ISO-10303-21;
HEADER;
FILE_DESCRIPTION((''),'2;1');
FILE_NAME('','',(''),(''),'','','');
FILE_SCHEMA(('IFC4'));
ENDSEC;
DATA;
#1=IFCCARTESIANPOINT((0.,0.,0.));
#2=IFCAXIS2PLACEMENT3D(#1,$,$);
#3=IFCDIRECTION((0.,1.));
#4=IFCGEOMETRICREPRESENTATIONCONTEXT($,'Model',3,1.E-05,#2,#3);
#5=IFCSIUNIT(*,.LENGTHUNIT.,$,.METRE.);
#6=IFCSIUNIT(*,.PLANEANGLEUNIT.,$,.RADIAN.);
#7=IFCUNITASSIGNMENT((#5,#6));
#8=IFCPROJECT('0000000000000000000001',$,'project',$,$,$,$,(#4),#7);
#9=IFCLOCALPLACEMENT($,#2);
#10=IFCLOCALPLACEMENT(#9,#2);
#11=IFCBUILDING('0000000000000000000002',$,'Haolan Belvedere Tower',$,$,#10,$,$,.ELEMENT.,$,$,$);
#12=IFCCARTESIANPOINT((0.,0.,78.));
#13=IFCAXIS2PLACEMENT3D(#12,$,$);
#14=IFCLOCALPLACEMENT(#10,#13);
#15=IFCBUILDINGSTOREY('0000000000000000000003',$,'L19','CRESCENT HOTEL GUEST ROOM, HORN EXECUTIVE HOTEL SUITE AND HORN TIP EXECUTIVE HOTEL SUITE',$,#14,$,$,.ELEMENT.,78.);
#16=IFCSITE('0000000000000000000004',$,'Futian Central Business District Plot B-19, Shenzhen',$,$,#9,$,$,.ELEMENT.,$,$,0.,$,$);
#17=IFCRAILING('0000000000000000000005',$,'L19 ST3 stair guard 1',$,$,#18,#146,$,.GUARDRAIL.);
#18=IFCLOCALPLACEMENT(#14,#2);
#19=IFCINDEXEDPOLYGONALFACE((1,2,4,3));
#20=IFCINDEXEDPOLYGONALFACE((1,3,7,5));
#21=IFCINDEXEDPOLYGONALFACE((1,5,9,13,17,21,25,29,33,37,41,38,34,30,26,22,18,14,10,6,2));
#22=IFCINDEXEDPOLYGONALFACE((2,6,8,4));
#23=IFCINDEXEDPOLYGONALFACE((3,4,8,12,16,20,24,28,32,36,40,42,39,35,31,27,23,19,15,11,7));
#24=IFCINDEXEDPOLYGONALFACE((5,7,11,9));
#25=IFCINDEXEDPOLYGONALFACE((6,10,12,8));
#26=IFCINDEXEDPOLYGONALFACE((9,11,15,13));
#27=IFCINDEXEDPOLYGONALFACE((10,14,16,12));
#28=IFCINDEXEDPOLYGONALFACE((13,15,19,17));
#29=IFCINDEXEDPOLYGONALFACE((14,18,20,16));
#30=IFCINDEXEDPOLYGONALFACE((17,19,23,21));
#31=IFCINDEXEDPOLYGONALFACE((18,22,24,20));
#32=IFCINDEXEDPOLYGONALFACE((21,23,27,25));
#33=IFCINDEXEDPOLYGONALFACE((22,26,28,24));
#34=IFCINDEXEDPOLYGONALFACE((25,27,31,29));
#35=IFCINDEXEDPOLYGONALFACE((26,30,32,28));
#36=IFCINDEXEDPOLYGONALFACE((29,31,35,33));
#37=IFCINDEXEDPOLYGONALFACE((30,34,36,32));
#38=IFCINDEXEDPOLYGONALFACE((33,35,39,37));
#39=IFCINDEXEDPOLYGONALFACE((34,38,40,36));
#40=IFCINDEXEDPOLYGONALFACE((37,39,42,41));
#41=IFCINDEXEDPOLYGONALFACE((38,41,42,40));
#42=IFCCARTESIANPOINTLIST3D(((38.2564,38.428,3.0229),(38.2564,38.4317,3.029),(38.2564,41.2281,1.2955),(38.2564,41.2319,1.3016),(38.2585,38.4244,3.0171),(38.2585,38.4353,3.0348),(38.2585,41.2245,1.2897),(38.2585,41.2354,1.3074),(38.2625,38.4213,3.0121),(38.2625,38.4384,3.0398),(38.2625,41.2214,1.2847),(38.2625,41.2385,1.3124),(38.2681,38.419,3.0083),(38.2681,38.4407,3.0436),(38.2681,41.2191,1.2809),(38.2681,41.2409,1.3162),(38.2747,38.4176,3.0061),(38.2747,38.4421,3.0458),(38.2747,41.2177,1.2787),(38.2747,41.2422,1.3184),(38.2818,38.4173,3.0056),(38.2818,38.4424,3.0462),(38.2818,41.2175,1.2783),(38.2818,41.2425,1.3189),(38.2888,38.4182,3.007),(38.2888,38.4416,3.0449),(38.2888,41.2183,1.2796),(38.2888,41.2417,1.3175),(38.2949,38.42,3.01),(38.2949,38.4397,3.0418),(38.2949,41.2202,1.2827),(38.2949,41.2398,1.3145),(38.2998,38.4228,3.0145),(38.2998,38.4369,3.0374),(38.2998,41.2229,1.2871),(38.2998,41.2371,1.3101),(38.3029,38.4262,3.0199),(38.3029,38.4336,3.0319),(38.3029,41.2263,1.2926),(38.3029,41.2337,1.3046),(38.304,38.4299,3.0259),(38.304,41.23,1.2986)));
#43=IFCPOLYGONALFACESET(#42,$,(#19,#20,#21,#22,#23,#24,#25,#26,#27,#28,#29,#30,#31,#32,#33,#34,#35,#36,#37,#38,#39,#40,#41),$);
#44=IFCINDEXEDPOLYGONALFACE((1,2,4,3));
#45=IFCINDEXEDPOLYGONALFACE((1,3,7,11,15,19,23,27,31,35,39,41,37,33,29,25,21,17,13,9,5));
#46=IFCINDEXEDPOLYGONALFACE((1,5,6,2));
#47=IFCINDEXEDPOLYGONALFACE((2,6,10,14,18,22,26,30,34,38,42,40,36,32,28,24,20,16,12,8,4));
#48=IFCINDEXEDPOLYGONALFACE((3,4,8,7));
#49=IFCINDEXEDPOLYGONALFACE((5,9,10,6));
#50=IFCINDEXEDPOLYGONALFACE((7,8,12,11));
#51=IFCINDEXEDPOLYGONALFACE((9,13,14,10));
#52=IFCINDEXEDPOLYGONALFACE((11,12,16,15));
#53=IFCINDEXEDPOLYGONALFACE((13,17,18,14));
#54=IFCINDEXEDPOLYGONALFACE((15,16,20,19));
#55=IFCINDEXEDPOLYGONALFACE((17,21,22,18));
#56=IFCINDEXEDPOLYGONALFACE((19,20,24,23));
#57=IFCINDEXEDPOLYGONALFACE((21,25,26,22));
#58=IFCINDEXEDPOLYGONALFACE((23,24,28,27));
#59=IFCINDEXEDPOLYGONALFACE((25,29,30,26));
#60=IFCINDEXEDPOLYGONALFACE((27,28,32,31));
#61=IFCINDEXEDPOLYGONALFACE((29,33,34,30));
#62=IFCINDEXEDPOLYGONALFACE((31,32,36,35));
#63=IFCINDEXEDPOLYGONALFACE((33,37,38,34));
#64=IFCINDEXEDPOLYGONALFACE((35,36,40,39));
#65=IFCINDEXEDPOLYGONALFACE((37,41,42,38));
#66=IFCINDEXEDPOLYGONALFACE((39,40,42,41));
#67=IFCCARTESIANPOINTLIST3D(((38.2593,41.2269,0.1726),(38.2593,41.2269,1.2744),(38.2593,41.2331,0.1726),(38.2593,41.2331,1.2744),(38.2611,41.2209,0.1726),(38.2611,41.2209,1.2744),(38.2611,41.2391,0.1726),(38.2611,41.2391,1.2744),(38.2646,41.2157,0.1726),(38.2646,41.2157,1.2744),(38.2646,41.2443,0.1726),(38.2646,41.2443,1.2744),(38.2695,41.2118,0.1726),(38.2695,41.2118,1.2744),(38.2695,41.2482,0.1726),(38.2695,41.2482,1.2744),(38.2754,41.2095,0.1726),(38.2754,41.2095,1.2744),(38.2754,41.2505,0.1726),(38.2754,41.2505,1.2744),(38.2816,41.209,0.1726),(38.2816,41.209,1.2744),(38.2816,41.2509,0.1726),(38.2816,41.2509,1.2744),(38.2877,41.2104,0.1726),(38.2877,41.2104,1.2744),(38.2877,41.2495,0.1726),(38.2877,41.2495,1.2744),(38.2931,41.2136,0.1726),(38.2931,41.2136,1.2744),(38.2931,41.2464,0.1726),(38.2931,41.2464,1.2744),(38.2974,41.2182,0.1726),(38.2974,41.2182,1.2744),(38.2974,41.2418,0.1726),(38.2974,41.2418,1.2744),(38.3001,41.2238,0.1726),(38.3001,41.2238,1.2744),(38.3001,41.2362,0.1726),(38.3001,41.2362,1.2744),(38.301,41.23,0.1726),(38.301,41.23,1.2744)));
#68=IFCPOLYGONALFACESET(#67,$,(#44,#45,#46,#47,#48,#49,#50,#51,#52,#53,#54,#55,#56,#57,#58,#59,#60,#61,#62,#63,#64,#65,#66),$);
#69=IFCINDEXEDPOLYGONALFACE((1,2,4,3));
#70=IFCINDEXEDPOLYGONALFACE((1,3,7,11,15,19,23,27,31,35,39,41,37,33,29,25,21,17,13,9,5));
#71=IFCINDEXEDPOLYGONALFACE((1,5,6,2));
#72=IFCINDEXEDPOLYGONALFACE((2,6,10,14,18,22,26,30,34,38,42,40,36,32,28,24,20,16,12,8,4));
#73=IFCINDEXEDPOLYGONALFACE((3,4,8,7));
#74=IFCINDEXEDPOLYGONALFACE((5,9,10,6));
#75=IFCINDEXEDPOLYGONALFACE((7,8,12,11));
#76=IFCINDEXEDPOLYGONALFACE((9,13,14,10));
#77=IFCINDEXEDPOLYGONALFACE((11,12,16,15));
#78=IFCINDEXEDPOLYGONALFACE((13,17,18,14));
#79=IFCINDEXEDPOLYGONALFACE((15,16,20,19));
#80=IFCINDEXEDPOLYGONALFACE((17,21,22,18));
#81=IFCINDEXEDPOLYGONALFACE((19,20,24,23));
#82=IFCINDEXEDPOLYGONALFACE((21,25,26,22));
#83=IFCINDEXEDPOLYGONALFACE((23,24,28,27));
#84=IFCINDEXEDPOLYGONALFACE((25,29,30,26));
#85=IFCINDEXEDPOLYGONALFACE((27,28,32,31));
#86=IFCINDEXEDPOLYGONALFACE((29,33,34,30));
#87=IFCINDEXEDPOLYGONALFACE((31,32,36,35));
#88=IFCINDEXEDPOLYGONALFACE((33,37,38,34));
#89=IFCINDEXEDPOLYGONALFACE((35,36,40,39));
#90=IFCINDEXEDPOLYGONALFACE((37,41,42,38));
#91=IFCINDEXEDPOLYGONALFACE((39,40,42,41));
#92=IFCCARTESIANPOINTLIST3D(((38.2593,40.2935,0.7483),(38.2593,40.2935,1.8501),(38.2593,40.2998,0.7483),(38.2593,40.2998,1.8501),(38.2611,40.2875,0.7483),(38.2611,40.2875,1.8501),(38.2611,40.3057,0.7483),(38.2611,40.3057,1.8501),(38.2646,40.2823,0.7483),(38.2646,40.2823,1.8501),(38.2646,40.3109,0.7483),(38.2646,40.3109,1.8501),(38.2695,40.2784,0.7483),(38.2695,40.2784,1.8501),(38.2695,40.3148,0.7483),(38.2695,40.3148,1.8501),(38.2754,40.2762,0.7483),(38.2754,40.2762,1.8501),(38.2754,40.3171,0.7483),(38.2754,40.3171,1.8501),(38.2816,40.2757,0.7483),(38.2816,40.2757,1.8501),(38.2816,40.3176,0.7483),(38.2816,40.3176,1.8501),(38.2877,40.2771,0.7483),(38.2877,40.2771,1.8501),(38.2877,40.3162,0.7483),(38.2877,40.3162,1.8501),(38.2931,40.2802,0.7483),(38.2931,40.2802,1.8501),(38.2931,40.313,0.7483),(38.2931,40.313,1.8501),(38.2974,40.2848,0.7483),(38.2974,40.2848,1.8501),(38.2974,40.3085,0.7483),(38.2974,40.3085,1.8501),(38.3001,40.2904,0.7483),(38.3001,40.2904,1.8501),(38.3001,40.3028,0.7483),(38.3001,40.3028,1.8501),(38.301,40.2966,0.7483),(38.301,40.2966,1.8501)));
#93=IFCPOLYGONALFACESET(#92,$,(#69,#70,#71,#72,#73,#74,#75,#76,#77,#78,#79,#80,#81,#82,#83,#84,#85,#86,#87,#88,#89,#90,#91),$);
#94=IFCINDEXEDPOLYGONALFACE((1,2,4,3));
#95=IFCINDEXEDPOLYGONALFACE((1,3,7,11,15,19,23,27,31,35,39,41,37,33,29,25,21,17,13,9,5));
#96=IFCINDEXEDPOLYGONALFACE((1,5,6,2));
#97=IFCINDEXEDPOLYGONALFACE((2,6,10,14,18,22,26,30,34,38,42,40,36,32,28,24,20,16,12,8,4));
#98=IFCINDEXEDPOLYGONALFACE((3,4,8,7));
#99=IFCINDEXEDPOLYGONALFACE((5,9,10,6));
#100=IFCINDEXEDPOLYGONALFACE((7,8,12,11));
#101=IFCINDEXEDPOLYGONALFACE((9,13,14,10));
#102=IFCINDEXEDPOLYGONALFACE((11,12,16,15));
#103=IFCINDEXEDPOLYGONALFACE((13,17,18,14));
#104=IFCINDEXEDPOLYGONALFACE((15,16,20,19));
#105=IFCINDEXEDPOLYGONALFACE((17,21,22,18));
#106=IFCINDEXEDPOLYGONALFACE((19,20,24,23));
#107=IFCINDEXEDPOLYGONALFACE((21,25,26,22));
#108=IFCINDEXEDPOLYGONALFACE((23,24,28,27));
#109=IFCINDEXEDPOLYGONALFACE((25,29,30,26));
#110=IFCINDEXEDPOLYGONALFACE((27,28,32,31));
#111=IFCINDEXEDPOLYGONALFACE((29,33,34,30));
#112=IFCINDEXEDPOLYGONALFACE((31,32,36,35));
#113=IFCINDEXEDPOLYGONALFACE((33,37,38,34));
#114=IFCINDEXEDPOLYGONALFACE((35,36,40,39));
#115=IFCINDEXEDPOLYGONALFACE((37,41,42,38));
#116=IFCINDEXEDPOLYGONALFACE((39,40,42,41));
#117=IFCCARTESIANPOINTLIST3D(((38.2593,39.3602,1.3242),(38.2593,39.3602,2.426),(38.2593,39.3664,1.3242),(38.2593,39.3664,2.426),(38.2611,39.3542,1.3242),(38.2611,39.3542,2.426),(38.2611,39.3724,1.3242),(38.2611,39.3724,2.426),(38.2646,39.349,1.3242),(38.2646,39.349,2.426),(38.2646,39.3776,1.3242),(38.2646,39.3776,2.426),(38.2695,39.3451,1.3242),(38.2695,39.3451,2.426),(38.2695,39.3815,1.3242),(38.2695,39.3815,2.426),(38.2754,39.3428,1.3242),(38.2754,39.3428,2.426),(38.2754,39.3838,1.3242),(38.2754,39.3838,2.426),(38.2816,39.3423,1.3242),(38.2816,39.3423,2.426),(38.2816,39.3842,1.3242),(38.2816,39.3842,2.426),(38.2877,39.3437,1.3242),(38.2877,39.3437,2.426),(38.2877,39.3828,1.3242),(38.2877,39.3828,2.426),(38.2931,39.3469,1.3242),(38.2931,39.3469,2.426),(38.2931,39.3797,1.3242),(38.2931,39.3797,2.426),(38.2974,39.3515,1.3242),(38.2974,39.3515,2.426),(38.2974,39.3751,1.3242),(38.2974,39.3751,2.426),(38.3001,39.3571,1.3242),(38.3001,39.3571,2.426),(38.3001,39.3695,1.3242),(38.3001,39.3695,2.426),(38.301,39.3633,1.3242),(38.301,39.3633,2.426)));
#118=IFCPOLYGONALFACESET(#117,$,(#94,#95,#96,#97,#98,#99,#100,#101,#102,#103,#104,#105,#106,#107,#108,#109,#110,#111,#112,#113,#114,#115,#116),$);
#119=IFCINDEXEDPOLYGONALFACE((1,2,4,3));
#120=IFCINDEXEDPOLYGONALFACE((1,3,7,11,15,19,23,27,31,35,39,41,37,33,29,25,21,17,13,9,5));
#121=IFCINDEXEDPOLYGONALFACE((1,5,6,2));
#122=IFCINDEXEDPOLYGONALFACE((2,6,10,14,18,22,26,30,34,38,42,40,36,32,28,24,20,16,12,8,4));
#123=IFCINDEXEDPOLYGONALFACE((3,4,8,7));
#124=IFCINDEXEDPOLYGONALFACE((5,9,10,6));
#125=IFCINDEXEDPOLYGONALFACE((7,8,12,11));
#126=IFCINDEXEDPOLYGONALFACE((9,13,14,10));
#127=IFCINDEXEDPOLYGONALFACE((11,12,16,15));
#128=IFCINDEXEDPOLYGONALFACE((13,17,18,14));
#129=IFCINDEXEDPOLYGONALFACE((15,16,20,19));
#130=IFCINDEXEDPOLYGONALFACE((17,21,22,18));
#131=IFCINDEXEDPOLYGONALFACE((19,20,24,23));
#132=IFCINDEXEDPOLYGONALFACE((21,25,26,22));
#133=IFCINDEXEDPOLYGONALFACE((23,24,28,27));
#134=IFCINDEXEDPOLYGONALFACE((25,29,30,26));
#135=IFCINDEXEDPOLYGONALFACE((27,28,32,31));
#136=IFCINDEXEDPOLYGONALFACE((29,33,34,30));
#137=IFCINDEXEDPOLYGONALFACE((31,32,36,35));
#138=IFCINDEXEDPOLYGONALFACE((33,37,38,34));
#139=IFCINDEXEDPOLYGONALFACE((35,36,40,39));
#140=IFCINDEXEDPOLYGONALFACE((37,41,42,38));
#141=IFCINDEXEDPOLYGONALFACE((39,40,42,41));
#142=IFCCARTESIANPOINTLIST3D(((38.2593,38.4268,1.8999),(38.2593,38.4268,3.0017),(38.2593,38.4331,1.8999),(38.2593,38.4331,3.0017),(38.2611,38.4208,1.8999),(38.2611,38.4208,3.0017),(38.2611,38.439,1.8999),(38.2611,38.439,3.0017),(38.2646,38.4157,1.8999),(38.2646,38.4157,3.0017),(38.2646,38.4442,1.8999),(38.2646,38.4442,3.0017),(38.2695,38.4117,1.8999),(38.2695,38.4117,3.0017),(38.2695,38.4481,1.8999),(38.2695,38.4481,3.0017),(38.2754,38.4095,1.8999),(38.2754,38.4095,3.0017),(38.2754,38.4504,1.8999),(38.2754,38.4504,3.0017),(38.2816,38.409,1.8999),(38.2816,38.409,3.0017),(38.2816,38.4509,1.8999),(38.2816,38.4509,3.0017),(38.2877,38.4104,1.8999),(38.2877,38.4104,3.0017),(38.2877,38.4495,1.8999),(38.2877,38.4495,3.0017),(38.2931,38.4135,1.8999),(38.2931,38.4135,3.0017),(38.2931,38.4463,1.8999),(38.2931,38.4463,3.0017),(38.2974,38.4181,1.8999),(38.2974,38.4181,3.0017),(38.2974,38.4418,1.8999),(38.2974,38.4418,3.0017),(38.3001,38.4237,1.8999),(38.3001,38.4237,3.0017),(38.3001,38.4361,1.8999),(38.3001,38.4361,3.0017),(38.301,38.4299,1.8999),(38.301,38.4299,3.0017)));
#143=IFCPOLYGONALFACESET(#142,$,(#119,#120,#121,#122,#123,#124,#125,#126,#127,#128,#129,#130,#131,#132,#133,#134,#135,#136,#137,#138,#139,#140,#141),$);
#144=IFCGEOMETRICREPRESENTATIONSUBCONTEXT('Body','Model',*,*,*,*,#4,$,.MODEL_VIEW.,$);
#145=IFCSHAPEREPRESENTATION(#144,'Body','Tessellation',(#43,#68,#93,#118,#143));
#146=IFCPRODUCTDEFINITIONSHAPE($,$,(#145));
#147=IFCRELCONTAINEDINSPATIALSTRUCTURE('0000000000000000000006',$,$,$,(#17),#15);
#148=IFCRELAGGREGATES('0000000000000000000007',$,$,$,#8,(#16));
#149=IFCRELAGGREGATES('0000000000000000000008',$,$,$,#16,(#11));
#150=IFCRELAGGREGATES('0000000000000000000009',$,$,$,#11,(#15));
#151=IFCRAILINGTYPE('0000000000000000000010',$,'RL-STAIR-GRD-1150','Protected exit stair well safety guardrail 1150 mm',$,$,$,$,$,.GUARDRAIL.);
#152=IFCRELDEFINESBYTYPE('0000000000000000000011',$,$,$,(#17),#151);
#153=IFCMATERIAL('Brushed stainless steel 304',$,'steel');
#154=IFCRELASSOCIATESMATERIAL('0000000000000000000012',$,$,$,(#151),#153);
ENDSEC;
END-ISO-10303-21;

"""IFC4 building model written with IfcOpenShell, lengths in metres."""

from ifc_helpers import new_model, si_unit, direction, frame, origin, origin_2d, place, context, subcontext, project, spatial, circle, extrude, material, type_object, element, save


model = new_model("IFC4")

# Units and contexts
model_context = context("Model", 3, precision=1e-05, world=origin(), true_north=direction((0.0, 1.0)))
body_context = subcontext(model_context, "Body", "Model", "MODEL_VIEW")
ifc_project = project(units=[si_unit("LENGTHUNIT", "METRE"), si_unit("PLANEANGLEUNIT", "RADIAN")], contexts=[model_context])

# Site, building, storey
site_placement = place(None, origin())
site = spatial("IfcSite", under=ifc_project, at=site_placement, Name="Futian Central Business District Plot B-19, Shenzhen", CompositionType="ELEMENT", RefElevation=0.0)
building_placement = place(site_placement, origin())
building = spatial("IfcBuilding", under=site, at=building_placement, Name="Haolan Belvedere Tower", CompositionType="ELEMENT")
storey_placement = place(building_placement, frame((0.0, 0.0, 78.0)))
storey = spatial("IfcBuildingStorey", under=building, at=storey_placement, Name="L19", Description="CRESCENT HOTEL GUEST ROOM, HORN EXECUTIVE HOTEL SUITE AND HORN TIP EXECUTIVE HOTEL SUITE", CompositionType="ELEMENT", Elevation=78.0)

# Railing
ifc_material_1 = material(Name="Brushed stainless steel 304", Category="steel")
railing_type_1 = type_object("IfcRailingType", Name="RL-STAIR-GRD-1150", Description="Protected exit stair well safety guardrail 1150 mm", PredefinedType="GUARDRAIL", material=ifc_material_1)
railing_1_placement = place(storey_placement, frame((38.28, 41.23, 0.1726)))
element("IfcRailing", 1, at=railing_1_placement, inside=storey, type_object=railing_type_1, Name="L19 ST3 stair guard 1", PredefinedType="GUARDRAIL", context=body_context, shape_type="SweptSolid", body=[
    extrude(circle(Radius=0.0239, at=origin_2d()), frame((0.0, 0.0, 1.126), z_axis=(0.0, -0.85109, 0.52502), x_axis=(1.0, 0.0, 0.0)), (0.0, 0.0, 1.0), 3.29),
    extrude(circle(Radius=0.021, at=origin_2d()), origin(), (0.0, 0.0, 1.0), 1.1018),
    extrude(circle(Radius=0.021, at=origin_2d()), frame((0.0, -0.9333, 0.5757)), (0.0, 0.0, 1.0), 1.1018),
    extrude(circle(Radius=0.021, at=origin_2d()), frame((0.0, -1.8667, 1.1516)), (0.0, 0.0, 1.0), 1.1018),
    extrude(circle(Radius=0.021, at=origin_2d()), frame((0.0, -2.8, 1.7273)), (0.0, 0.0, 1.0), 1.1018),
])

save(model, "model.ifc")
